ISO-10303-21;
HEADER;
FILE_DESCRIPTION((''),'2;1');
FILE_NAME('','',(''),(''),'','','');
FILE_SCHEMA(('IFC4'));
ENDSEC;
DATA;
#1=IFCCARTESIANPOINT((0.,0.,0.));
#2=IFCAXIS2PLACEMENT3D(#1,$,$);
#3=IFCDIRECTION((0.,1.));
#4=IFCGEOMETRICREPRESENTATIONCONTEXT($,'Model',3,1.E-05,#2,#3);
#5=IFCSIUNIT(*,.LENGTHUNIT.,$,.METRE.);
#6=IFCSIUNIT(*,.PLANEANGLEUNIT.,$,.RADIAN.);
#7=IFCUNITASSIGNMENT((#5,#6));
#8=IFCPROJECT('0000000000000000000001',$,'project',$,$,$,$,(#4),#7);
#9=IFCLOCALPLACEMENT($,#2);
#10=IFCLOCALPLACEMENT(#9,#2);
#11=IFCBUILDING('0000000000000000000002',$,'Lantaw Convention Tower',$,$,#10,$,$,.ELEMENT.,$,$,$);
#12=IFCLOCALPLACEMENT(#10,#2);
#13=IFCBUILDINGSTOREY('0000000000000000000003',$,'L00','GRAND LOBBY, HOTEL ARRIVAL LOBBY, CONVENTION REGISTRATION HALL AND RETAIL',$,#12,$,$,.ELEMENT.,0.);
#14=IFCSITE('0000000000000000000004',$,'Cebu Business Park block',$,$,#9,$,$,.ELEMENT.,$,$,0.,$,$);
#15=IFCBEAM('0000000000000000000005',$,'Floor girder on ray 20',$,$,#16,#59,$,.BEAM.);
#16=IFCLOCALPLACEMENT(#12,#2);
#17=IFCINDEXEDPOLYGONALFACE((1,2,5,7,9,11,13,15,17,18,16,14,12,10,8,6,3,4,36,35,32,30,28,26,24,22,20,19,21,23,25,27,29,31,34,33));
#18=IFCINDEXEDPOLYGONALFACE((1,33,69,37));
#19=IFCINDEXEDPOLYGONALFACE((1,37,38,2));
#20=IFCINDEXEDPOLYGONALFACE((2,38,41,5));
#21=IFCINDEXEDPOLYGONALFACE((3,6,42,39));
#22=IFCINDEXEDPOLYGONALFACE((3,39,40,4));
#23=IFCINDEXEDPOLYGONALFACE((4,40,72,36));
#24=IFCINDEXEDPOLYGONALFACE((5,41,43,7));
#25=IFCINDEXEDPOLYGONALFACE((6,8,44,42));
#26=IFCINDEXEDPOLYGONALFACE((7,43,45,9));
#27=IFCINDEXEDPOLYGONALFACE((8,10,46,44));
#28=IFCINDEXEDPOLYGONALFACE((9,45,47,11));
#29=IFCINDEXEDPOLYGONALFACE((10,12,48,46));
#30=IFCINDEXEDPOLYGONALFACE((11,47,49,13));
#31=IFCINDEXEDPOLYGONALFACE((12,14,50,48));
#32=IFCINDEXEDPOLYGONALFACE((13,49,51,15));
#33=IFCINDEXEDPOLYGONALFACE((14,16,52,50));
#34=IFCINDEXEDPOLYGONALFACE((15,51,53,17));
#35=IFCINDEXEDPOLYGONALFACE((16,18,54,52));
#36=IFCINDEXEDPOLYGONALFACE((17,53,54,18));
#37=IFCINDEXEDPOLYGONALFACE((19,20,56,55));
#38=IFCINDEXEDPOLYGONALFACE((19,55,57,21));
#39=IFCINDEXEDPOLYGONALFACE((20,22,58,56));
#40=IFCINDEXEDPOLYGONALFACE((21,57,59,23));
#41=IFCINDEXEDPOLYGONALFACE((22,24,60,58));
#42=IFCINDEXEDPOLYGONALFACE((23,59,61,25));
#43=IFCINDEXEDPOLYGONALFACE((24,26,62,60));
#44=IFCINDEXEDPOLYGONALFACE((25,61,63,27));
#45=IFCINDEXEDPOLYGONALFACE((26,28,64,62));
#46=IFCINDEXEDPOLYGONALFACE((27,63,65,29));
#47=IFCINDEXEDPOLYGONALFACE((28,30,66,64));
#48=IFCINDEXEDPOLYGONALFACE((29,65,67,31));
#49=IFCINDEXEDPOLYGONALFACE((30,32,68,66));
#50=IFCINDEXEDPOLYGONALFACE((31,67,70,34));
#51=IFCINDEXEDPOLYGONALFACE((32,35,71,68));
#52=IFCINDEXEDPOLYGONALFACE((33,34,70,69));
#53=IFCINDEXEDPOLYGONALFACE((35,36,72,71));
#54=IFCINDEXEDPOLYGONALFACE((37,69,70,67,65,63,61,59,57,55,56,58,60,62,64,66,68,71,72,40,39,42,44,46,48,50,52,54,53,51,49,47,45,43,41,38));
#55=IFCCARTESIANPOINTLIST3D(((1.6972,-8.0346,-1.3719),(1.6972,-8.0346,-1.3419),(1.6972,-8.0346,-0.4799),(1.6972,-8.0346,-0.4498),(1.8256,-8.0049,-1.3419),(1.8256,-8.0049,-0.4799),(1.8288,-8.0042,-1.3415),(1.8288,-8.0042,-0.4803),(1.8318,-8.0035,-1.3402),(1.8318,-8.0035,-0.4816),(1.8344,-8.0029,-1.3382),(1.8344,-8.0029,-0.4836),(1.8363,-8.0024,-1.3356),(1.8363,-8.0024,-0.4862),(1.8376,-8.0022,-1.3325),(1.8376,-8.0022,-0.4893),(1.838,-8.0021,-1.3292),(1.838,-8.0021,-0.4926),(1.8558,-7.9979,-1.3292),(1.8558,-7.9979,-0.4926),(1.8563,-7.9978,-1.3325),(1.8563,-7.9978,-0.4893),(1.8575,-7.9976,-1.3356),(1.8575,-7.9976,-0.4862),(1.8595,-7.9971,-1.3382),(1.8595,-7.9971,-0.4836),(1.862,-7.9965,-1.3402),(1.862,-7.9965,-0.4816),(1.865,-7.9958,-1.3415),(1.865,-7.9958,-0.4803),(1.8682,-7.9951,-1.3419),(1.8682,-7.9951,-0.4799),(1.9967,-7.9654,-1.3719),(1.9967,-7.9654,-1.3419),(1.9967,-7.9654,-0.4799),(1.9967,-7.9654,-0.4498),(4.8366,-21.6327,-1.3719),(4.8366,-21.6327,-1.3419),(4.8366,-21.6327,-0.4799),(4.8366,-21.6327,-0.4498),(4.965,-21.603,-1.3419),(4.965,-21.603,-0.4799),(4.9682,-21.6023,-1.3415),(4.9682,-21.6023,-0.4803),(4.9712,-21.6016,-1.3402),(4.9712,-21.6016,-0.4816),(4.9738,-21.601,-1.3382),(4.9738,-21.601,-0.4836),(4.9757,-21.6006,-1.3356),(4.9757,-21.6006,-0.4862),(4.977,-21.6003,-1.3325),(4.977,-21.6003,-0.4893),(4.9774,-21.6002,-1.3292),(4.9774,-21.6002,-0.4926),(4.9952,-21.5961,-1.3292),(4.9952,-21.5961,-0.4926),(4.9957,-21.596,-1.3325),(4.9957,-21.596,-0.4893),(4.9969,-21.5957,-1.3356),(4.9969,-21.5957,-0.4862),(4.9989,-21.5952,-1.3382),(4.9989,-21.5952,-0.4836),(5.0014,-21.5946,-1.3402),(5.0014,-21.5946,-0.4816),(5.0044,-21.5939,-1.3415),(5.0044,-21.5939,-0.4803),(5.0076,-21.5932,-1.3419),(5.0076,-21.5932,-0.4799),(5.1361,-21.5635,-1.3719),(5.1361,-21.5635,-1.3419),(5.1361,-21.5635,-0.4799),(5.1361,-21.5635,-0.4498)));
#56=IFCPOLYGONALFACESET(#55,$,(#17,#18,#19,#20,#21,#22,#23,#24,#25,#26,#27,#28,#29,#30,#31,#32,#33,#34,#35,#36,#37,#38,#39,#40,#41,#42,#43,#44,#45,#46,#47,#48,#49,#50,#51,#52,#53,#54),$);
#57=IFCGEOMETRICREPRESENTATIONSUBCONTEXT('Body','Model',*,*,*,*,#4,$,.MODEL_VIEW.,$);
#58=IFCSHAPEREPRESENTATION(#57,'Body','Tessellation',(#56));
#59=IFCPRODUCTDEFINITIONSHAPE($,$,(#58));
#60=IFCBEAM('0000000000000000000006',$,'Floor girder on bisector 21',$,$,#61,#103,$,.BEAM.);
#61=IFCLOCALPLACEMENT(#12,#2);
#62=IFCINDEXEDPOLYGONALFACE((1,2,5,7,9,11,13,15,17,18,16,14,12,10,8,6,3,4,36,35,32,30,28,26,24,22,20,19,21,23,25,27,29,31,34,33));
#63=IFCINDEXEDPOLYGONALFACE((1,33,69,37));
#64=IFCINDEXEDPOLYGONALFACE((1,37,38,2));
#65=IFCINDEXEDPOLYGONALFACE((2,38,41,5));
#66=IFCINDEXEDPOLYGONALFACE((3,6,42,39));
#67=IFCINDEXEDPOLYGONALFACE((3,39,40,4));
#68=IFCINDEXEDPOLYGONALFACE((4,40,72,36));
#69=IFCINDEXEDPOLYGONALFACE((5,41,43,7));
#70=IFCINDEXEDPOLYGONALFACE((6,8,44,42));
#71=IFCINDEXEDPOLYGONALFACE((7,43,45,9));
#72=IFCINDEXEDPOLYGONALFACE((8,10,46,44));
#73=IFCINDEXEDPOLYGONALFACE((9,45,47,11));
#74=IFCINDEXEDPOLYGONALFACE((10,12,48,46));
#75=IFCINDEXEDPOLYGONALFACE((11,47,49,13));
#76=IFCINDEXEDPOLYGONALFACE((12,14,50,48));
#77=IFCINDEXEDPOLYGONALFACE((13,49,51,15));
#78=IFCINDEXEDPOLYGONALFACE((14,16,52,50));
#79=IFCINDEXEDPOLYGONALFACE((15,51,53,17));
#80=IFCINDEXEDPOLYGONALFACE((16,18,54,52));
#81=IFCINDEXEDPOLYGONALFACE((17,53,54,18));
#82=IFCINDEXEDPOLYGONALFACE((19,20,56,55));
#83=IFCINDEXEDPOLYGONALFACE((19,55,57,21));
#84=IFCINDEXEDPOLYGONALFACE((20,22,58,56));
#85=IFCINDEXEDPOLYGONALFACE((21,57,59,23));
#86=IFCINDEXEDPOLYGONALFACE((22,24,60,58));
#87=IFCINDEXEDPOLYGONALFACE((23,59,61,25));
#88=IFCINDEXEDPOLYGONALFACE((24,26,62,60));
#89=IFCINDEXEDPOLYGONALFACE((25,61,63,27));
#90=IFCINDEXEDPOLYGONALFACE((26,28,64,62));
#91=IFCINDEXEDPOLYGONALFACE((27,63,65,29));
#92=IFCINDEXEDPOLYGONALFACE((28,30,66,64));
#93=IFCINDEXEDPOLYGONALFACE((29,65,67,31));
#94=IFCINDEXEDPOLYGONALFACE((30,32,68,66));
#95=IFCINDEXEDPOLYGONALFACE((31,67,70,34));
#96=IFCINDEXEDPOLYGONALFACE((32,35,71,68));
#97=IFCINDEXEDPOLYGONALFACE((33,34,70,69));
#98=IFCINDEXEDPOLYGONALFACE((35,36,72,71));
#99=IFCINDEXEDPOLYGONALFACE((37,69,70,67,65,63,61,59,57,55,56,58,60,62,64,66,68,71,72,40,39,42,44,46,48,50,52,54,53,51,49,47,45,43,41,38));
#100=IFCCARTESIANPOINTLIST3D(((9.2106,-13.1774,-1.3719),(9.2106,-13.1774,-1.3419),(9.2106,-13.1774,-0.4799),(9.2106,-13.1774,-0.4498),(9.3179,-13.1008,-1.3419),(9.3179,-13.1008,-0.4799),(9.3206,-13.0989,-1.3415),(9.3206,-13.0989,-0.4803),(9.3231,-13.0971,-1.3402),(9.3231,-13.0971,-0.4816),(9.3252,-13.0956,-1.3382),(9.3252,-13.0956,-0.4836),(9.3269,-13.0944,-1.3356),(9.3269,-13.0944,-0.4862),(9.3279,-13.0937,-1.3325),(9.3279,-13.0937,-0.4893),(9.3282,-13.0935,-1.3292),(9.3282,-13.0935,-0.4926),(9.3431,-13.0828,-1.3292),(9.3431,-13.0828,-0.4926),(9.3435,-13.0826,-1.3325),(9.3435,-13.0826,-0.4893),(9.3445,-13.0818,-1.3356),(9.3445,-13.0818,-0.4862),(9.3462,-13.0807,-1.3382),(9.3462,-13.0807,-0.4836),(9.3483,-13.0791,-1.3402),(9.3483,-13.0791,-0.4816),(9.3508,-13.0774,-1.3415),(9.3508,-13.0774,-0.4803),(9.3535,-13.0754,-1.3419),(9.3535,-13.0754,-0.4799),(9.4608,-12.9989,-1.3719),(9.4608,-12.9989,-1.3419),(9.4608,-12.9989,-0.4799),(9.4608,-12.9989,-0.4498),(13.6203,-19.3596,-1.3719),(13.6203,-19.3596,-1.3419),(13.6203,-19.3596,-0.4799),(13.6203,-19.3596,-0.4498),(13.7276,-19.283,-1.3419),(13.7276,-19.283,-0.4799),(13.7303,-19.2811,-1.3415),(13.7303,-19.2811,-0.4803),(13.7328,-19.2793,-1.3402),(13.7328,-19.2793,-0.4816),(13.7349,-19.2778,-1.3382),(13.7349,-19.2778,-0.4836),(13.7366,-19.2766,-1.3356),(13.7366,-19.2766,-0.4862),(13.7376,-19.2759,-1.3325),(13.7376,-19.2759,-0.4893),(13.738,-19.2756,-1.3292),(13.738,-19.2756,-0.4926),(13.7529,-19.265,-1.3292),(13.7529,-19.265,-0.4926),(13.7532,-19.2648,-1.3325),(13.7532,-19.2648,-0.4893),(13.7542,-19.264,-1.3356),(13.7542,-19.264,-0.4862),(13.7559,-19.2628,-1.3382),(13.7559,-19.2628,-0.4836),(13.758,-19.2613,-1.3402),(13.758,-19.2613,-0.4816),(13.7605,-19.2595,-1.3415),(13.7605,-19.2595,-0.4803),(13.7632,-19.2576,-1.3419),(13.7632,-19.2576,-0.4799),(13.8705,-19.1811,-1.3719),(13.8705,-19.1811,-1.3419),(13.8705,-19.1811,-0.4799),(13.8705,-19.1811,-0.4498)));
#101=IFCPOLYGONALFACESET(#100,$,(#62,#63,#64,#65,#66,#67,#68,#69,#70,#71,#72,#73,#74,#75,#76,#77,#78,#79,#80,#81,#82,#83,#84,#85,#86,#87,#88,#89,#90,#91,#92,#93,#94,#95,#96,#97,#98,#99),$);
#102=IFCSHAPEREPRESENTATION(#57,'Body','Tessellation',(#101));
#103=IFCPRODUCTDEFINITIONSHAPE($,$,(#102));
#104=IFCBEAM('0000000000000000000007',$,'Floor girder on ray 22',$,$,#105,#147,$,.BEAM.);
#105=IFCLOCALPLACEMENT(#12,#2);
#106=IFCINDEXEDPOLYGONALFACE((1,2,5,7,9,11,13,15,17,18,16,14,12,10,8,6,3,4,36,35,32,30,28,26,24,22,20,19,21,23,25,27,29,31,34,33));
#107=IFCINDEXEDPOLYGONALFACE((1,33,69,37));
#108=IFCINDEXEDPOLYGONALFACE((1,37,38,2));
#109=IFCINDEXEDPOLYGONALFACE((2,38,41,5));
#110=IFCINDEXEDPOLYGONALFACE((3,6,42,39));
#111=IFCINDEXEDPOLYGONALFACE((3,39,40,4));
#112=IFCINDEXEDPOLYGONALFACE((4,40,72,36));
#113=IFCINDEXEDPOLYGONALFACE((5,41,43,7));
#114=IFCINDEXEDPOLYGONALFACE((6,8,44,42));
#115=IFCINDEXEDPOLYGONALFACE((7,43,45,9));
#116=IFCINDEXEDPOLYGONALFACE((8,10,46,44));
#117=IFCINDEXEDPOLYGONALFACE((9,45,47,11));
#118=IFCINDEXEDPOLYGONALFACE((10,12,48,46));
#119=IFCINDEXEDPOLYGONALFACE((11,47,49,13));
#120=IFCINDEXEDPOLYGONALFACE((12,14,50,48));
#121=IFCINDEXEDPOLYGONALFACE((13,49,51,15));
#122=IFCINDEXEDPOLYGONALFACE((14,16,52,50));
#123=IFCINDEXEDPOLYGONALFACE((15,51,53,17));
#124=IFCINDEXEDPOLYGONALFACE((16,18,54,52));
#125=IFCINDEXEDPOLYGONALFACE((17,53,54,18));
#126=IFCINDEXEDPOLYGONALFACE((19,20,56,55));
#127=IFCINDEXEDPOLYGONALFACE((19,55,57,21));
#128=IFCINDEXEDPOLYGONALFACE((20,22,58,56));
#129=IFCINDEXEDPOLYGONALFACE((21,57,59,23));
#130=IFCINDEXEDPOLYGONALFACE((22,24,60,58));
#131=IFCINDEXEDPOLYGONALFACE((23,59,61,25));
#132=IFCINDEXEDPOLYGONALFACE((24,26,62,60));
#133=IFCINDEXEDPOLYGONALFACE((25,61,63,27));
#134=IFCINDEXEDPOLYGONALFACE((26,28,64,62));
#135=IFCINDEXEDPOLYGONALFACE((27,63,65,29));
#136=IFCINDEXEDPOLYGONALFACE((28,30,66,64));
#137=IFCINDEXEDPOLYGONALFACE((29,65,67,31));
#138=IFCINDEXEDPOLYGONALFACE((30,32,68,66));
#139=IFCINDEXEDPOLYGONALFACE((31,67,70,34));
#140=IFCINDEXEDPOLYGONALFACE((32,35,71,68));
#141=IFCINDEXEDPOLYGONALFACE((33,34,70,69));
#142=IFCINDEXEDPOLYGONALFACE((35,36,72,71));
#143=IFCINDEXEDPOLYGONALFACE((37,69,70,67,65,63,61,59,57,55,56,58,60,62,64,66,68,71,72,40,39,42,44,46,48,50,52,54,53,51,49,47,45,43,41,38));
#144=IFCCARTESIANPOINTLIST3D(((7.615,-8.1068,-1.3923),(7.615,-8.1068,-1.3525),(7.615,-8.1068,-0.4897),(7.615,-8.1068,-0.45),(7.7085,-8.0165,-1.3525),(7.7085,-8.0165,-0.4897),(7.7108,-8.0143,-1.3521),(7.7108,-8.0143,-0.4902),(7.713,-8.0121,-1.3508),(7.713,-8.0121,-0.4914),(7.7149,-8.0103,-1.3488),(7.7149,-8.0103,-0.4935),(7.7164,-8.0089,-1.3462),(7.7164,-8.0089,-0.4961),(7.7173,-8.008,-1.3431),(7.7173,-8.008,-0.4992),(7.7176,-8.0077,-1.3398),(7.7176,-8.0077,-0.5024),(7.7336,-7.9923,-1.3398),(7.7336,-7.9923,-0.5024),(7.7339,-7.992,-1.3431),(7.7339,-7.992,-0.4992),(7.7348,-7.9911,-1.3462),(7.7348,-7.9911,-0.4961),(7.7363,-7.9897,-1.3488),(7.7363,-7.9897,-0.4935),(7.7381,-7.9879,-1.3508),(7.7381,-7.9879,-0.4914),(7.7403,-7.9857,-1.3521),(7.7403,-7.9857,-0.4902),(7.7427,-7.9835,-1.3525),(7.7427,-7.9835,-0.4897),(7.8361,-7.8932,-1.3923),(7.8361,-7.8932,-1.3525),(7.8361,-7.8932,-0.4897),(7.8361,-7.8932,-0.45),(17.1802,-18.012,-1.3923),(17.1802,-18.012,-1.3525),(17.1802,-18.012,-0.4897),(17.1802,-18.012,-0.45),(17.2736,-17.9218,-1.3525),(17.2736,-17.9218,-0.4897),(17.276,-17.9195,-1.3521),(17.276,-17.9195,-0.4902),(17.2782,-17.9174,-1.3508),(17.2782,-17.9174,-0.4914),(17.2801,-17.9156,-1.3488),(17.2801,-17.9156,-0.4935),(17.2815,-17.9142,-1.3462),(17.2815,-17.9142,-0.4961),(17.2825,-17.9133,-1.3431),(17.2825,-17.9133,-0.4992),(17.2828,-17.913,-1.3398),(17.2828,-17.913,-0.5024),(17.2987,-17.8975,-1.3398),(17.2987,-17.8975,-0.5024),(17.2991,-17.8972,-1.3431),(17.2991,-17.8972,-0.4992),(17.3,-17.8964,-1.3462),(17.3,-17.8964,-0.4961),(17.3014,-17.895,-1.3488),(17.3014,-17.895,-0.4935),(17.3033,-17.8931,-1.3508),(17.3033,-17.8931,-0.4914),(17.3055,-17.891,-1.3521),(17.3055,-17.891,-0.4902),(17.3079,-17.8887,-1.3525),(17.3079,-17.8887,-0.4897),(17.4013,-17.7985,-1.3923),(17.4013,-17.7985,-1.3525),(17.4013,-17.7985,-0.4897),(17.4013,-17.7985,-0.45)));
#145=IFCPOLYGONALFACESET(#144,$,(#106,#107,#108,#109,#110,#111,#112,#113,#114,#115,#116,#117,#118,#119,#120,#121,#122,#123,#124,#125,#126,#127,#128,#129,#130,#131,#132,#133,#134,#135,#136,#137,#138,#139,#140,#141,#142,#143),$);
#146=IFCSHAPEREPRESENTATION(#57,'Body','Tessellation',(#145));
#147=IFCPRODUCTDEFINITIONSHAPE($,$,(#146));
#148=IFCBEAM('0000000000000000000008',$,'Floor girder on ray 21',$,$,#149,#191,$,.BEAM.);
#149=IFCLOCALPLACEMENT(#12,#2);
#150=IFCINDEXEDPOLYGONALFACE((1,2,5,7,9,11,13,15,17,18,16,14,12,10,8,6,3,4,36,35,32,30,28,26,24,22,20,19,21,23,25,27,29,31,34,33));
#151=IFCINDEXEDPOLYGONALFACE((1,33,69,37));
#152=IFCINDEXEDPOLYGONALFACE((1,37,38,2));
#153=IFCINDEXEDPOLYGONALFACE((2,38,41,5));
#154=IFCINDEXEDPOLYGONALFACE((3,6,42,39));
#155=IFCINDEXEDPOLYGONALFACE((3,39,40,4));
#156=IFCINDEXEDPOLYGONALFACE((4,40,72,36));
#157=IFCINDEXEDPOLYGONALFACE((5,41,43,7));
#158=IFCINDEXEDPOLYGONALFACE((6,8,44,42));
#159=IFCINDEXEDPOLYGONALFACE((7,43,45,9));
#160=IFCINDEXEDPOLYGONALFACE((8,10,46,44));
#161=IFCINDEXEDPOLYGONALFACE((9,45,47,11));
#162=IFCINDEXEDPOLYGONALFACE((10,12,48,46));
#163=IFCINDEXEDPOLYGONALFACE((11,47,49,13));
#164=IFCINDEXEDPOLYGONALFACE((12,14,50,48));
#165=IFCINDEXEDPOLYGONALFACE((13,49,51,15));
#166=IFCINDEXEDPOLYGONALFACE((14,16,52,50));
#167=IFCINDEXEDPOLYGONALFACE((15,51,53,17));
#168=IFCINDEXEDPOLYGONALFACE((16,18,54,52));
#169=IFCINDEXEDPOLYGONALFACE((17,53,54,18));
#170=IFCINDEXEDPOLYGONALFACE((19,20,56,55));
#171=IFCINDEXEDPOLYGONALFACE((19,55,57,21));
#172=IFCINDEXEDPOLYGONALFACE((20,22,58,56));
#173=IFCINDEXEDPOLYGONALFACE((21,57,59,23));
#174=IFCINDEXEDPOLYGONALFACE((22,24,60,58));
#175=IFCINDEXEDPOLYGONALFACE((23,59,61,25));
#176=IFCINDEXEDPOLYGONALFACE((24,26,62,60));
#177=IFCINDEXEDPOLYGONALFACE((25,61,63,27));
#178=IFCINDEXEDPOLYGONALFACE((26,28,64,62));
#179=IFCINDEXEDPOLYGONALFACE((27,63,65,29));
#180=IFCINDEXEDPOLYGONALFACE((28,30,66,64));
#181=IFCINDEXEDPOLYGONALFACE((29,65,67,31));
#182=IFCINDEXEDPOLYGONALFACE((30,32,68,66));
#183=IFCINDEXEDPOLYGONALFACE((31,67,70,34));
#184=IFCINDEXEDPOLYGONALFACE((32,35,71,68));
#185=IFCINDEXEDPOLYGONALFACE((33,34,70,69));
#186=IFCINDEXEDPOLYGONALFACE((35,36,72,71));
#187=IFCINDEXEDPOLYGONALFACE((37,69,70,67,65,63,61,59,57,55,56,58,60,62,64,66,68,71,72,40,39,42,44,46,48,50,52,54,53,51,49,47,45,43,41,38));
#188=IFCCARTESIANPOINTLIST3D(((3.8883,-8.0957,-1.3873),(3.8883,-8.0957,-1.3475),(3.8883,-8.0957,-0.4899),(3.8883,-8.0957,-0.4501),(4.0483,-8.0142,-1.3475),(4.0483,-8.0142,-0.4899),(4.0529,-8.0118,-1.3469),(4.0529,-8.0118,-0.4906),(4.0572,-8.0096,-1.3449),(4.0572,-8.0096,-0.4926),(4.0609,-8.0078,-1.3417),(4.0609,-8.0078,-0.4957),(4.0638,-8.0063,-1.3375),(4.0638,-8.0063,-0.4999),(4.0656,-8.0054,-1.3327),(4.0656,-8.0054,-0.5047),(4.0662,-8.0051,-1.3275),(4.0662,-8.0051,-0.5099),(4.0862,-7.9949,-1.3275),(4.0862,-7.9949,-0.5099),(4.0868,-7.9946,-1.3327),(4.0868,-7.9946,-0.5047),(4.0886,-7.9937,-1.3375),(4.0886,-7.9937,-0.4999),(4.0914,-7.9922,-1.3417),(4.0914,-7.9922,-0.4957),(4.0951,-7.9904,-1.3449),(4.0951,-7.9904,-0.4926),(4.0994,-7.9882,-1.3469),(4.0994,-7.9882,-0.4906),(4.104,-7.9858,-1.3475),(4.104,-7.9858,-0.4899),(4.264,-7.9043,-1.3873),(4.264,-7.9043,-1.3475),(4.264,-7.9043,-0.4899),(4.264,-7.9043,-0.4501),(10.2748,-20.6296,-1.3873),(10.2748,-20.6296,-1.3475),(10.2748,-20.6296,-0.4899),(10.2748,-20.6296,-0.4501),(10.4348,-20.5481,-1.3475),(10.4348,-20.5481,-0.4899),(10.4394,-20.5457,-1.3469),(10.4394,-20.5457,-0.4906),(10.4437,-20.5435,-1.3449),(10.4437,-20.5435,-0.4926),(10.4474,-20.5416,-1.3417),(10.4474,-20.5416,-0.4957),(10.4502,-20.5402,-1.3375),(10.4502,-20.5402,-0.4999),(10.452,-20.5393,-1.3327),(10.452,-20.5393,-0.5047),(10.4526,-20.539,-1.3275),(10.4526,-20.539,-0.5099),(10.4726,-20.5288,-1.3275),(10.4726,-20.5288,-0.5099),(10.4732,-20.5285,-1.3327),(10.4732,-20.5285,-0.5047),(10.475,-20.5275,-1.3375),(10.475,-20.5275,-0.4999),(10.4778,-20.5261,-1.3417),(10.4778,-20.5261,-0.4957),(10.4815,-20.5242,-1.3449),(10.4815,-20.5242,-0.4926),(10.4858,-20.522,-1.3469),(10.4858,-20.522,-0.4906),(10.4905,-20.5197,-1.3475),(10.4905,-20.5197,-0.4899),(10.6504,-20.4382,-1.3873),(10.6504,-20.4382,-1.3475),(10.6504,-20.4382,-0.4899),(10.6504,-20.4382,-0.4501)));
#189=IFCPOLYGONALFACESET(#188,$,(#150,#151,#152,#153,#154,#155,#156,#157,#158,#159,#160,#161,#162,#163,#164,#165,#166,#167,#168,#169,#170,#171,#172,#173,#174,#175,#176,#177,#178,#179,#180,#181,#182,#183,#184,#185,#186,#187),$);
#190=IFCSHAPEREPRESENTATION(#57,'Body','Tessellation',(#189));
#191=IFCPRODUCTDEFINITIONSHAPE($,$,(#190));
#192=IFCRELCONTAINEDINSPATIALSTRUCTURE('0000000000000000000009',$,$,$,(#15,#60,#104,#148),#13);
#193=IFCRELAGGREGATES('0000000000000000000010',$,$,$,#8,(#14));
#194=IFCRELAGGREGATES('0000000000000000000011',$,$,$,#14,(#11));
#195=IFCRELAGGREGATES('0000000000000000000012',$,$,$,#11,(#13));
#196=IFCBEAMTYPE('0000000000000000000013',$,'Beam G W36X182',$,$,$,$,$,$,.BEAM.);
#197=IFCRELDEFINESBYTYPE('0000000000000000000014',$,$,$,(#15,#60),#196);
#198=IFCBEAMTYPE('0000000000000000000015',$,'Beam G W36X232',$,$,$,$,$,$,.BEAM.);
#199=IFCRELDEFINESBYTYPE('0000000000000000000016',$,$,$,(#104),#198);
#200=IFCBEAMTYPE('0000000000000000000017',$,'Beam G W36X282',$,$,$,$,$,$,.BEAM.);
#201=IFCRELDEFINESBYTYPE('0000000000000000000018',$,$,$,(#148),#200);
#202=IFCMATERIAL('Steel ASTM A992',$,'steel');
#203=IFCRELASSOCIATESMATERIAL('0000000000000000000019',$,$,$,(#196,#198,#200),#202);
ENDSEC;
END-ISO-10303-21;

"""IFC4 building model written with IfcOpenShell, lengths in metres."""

from ifc_helpers import new_model, si_unit, direction, frame, origin, origin_2d, place, context, subcontext, project, spatial, i_section, extrude, material, material_profile, profile_set, type_object, element, save


model = new_model("IFC4")

# Units and contexts
model_context = context("Model", 3, precision=1e-05, world=origin(), true_north=direction((0.0, 1.0)))
body_context = subcontext(model_context, "Body", "Model", "MODEL_VIEW")
ifc_project = project(units=[si_unit("LENGTHUNIT", "METRE"), si_unit("PLANEANGLEUNIT", "RADIAN")], contexts=[model_context])

# Site, building, storey
site_placement = place(None, origin())
site = spatial("IfcSite", under=ifc_project, at=site_placement, Name="Cebu Business Park block", CompositionType="ELEMENT", RefElevation=0.0)
building_placement = place(site_placement, origin())
building = spatial("IfcBuilding", under=site, at=building_placement, Name="Lantaw Convention Tower", CompositionType="ELEMENT")
storey_placement = place(building_placement, origin())
storey = spatial("IfcBuildingStorey", under=building, at=storey_placement, Name="L00", Description="GRAND LOBBY, HOTEL ARRIVAL LOBBY, CONVENTION REGISTRATION HALL AND RETAIL", CompositionType="ELEMENT", Elevation=0.0)

# Beams
ifc_material_1 = material(Name="Steel ASTM A992", Category="steel")
ifc_material_profile_1 = material_profile(ifc_material_1, i_section(OverallWidth=0.3074, OverallDepth=0.9221, WebThickness=0.0183, FlangeThickness=0.03, FilletRadius=0.0127, at=origin_2d()), Name="W36X182")
ifc_profile_set_1 = profile_set([ifc_material_profile_1], Name="Steel ASTM A992")
beam_type_1 = type_object("IfcBeamType", Name="Beam G W36X182", PredefinedType="BEAM", material=ifc_profile_set_1)
beam_1_placement = place(storey_placement, frame((1.8469, -8.0, -0.9109), z_axis=(0.224953, -0.97437, 0.0), x_axis=(0.97437, 0.224953, 0.0)))
element("IfcBeam", 1, at=beam_1_placement, inside=storey, type_object=beam_type_1, Name="Floor girder on ray 20", PredefinedType="BEAM", context=body_context, shape_type="SweptSolid", body=[
    extrude(i_section(OverallWidth=0.3074, OverallDepth=0.9221, WebThickness=0.0183, FlangeThickness=0.03, FilletRadius=0.0127, at=origin_2d()), origin(), (0.0, 0.0, 1.0), 13.9558),
])
beam_2_placement = place(storey_placement, frame((9.3357, -13.0881, -0.9109), z_axis=(0.580703, -0.814116, 0.0), x_axis=(0.814116, 0.580703, 0.0)))
element("IfcBeam", 2, at=beam_2_placement, inside=storey, type_object=beam_type_1, Name="Floor girder on bisector 21", PredefinedType="BEAM", context=body_context, shape_type="SweptSolid", body=[
    extrude(i_section(OverallWidth=0.3074, OverallDepth=0.9221, WebThickness=0.0183, FlangeThickness=0.03, FilletRadius=0.0127, at=origin_2d()), origin(), (0.0, 0.0, 1.0), 7.5938),
])
ifc_material_profile_2 = material_profile(ifc_material_1, i_section(OverallWidth=0.3074, OverallDepth=0.9424, WebThickness=0.0222, FlangeThickness=0.0398, FilletRadius=0.0127, at=origin_2d()), Name="W36X232")
ifc_profile_set_2 = profile_set([ifc_material_profile_2], Name="Steel ASTM A992")
beam_type_2 = type_object("IfcBeamType", Name="Beam G W36X232", PredefinedType="BEAM", material=ifc_profile_set_2)
beam_3_placement = place(storey_placement, frame((7.7256, -8.0, -0.9211), z_axis=(0.69465, -0.719348, 0.0), x_axis=(0.719348, 0.69465, 0.0)))
element("IfcBeam", 3, at=beam_3_placement, inside=storey, type_object=beam_type_2, Name="Floor girder on ray 22", PredefinedType="BEAM", context=body_context, shape_type="SweptSolid", body=[
    extrude(i_section(OverallWidth=0.3074, OverallDepth=0.9424, WebThickness=0.0222, FlangeThickness=0.0398, FilletRadius=0.0127, at=origin_2d()), origin(), (0.0, 0.0, 1.0), 13.7698),
])
ifc_material_profile_3 = material_profile(ifc_material_1, i_section(OverallWidth=0.4216, OverallDepth=0.9373, WebThickness=0.0225, FlangeThickness=0.0398, FilletRadius=0.02, at=origin_2d()), Name="W36X282")
ifc_profile_set_3 = profile_set([ifc_material_profile_3], Name="Steel ASTM A992")
beam_type_3 = type_object("IfcBeamType", Name="Beam G W36X282", PredefinedType="BEAM", material=ifc_profile_set_3)
beam_4_placement = place(storey_placement, frame((4.0762, -8.0, -0.9187), z_axis=(0.453997, -0.891003, 0.0), x_axis=(0.891003, 0.453997, 0.0)))
element("IfcBeam", 4, at=beam_4_placement, inside=storey, type_object=beam_type_3, Name="Floor girder on ray 21", PredefinedType="BEAM", context=body_context, shape_type="SweptSolid", body=[
    extrude(i_section(OverallWidth=0.4216, OverallDepth=0.9373, WebThickness=0.0225, FlangeThickness=0.0398, FilletRadius=0.02, at=origin_2d()), origin(), (0.0, 0.0, 1.0), 14.0671),
])

save(model, "model.ifc")
